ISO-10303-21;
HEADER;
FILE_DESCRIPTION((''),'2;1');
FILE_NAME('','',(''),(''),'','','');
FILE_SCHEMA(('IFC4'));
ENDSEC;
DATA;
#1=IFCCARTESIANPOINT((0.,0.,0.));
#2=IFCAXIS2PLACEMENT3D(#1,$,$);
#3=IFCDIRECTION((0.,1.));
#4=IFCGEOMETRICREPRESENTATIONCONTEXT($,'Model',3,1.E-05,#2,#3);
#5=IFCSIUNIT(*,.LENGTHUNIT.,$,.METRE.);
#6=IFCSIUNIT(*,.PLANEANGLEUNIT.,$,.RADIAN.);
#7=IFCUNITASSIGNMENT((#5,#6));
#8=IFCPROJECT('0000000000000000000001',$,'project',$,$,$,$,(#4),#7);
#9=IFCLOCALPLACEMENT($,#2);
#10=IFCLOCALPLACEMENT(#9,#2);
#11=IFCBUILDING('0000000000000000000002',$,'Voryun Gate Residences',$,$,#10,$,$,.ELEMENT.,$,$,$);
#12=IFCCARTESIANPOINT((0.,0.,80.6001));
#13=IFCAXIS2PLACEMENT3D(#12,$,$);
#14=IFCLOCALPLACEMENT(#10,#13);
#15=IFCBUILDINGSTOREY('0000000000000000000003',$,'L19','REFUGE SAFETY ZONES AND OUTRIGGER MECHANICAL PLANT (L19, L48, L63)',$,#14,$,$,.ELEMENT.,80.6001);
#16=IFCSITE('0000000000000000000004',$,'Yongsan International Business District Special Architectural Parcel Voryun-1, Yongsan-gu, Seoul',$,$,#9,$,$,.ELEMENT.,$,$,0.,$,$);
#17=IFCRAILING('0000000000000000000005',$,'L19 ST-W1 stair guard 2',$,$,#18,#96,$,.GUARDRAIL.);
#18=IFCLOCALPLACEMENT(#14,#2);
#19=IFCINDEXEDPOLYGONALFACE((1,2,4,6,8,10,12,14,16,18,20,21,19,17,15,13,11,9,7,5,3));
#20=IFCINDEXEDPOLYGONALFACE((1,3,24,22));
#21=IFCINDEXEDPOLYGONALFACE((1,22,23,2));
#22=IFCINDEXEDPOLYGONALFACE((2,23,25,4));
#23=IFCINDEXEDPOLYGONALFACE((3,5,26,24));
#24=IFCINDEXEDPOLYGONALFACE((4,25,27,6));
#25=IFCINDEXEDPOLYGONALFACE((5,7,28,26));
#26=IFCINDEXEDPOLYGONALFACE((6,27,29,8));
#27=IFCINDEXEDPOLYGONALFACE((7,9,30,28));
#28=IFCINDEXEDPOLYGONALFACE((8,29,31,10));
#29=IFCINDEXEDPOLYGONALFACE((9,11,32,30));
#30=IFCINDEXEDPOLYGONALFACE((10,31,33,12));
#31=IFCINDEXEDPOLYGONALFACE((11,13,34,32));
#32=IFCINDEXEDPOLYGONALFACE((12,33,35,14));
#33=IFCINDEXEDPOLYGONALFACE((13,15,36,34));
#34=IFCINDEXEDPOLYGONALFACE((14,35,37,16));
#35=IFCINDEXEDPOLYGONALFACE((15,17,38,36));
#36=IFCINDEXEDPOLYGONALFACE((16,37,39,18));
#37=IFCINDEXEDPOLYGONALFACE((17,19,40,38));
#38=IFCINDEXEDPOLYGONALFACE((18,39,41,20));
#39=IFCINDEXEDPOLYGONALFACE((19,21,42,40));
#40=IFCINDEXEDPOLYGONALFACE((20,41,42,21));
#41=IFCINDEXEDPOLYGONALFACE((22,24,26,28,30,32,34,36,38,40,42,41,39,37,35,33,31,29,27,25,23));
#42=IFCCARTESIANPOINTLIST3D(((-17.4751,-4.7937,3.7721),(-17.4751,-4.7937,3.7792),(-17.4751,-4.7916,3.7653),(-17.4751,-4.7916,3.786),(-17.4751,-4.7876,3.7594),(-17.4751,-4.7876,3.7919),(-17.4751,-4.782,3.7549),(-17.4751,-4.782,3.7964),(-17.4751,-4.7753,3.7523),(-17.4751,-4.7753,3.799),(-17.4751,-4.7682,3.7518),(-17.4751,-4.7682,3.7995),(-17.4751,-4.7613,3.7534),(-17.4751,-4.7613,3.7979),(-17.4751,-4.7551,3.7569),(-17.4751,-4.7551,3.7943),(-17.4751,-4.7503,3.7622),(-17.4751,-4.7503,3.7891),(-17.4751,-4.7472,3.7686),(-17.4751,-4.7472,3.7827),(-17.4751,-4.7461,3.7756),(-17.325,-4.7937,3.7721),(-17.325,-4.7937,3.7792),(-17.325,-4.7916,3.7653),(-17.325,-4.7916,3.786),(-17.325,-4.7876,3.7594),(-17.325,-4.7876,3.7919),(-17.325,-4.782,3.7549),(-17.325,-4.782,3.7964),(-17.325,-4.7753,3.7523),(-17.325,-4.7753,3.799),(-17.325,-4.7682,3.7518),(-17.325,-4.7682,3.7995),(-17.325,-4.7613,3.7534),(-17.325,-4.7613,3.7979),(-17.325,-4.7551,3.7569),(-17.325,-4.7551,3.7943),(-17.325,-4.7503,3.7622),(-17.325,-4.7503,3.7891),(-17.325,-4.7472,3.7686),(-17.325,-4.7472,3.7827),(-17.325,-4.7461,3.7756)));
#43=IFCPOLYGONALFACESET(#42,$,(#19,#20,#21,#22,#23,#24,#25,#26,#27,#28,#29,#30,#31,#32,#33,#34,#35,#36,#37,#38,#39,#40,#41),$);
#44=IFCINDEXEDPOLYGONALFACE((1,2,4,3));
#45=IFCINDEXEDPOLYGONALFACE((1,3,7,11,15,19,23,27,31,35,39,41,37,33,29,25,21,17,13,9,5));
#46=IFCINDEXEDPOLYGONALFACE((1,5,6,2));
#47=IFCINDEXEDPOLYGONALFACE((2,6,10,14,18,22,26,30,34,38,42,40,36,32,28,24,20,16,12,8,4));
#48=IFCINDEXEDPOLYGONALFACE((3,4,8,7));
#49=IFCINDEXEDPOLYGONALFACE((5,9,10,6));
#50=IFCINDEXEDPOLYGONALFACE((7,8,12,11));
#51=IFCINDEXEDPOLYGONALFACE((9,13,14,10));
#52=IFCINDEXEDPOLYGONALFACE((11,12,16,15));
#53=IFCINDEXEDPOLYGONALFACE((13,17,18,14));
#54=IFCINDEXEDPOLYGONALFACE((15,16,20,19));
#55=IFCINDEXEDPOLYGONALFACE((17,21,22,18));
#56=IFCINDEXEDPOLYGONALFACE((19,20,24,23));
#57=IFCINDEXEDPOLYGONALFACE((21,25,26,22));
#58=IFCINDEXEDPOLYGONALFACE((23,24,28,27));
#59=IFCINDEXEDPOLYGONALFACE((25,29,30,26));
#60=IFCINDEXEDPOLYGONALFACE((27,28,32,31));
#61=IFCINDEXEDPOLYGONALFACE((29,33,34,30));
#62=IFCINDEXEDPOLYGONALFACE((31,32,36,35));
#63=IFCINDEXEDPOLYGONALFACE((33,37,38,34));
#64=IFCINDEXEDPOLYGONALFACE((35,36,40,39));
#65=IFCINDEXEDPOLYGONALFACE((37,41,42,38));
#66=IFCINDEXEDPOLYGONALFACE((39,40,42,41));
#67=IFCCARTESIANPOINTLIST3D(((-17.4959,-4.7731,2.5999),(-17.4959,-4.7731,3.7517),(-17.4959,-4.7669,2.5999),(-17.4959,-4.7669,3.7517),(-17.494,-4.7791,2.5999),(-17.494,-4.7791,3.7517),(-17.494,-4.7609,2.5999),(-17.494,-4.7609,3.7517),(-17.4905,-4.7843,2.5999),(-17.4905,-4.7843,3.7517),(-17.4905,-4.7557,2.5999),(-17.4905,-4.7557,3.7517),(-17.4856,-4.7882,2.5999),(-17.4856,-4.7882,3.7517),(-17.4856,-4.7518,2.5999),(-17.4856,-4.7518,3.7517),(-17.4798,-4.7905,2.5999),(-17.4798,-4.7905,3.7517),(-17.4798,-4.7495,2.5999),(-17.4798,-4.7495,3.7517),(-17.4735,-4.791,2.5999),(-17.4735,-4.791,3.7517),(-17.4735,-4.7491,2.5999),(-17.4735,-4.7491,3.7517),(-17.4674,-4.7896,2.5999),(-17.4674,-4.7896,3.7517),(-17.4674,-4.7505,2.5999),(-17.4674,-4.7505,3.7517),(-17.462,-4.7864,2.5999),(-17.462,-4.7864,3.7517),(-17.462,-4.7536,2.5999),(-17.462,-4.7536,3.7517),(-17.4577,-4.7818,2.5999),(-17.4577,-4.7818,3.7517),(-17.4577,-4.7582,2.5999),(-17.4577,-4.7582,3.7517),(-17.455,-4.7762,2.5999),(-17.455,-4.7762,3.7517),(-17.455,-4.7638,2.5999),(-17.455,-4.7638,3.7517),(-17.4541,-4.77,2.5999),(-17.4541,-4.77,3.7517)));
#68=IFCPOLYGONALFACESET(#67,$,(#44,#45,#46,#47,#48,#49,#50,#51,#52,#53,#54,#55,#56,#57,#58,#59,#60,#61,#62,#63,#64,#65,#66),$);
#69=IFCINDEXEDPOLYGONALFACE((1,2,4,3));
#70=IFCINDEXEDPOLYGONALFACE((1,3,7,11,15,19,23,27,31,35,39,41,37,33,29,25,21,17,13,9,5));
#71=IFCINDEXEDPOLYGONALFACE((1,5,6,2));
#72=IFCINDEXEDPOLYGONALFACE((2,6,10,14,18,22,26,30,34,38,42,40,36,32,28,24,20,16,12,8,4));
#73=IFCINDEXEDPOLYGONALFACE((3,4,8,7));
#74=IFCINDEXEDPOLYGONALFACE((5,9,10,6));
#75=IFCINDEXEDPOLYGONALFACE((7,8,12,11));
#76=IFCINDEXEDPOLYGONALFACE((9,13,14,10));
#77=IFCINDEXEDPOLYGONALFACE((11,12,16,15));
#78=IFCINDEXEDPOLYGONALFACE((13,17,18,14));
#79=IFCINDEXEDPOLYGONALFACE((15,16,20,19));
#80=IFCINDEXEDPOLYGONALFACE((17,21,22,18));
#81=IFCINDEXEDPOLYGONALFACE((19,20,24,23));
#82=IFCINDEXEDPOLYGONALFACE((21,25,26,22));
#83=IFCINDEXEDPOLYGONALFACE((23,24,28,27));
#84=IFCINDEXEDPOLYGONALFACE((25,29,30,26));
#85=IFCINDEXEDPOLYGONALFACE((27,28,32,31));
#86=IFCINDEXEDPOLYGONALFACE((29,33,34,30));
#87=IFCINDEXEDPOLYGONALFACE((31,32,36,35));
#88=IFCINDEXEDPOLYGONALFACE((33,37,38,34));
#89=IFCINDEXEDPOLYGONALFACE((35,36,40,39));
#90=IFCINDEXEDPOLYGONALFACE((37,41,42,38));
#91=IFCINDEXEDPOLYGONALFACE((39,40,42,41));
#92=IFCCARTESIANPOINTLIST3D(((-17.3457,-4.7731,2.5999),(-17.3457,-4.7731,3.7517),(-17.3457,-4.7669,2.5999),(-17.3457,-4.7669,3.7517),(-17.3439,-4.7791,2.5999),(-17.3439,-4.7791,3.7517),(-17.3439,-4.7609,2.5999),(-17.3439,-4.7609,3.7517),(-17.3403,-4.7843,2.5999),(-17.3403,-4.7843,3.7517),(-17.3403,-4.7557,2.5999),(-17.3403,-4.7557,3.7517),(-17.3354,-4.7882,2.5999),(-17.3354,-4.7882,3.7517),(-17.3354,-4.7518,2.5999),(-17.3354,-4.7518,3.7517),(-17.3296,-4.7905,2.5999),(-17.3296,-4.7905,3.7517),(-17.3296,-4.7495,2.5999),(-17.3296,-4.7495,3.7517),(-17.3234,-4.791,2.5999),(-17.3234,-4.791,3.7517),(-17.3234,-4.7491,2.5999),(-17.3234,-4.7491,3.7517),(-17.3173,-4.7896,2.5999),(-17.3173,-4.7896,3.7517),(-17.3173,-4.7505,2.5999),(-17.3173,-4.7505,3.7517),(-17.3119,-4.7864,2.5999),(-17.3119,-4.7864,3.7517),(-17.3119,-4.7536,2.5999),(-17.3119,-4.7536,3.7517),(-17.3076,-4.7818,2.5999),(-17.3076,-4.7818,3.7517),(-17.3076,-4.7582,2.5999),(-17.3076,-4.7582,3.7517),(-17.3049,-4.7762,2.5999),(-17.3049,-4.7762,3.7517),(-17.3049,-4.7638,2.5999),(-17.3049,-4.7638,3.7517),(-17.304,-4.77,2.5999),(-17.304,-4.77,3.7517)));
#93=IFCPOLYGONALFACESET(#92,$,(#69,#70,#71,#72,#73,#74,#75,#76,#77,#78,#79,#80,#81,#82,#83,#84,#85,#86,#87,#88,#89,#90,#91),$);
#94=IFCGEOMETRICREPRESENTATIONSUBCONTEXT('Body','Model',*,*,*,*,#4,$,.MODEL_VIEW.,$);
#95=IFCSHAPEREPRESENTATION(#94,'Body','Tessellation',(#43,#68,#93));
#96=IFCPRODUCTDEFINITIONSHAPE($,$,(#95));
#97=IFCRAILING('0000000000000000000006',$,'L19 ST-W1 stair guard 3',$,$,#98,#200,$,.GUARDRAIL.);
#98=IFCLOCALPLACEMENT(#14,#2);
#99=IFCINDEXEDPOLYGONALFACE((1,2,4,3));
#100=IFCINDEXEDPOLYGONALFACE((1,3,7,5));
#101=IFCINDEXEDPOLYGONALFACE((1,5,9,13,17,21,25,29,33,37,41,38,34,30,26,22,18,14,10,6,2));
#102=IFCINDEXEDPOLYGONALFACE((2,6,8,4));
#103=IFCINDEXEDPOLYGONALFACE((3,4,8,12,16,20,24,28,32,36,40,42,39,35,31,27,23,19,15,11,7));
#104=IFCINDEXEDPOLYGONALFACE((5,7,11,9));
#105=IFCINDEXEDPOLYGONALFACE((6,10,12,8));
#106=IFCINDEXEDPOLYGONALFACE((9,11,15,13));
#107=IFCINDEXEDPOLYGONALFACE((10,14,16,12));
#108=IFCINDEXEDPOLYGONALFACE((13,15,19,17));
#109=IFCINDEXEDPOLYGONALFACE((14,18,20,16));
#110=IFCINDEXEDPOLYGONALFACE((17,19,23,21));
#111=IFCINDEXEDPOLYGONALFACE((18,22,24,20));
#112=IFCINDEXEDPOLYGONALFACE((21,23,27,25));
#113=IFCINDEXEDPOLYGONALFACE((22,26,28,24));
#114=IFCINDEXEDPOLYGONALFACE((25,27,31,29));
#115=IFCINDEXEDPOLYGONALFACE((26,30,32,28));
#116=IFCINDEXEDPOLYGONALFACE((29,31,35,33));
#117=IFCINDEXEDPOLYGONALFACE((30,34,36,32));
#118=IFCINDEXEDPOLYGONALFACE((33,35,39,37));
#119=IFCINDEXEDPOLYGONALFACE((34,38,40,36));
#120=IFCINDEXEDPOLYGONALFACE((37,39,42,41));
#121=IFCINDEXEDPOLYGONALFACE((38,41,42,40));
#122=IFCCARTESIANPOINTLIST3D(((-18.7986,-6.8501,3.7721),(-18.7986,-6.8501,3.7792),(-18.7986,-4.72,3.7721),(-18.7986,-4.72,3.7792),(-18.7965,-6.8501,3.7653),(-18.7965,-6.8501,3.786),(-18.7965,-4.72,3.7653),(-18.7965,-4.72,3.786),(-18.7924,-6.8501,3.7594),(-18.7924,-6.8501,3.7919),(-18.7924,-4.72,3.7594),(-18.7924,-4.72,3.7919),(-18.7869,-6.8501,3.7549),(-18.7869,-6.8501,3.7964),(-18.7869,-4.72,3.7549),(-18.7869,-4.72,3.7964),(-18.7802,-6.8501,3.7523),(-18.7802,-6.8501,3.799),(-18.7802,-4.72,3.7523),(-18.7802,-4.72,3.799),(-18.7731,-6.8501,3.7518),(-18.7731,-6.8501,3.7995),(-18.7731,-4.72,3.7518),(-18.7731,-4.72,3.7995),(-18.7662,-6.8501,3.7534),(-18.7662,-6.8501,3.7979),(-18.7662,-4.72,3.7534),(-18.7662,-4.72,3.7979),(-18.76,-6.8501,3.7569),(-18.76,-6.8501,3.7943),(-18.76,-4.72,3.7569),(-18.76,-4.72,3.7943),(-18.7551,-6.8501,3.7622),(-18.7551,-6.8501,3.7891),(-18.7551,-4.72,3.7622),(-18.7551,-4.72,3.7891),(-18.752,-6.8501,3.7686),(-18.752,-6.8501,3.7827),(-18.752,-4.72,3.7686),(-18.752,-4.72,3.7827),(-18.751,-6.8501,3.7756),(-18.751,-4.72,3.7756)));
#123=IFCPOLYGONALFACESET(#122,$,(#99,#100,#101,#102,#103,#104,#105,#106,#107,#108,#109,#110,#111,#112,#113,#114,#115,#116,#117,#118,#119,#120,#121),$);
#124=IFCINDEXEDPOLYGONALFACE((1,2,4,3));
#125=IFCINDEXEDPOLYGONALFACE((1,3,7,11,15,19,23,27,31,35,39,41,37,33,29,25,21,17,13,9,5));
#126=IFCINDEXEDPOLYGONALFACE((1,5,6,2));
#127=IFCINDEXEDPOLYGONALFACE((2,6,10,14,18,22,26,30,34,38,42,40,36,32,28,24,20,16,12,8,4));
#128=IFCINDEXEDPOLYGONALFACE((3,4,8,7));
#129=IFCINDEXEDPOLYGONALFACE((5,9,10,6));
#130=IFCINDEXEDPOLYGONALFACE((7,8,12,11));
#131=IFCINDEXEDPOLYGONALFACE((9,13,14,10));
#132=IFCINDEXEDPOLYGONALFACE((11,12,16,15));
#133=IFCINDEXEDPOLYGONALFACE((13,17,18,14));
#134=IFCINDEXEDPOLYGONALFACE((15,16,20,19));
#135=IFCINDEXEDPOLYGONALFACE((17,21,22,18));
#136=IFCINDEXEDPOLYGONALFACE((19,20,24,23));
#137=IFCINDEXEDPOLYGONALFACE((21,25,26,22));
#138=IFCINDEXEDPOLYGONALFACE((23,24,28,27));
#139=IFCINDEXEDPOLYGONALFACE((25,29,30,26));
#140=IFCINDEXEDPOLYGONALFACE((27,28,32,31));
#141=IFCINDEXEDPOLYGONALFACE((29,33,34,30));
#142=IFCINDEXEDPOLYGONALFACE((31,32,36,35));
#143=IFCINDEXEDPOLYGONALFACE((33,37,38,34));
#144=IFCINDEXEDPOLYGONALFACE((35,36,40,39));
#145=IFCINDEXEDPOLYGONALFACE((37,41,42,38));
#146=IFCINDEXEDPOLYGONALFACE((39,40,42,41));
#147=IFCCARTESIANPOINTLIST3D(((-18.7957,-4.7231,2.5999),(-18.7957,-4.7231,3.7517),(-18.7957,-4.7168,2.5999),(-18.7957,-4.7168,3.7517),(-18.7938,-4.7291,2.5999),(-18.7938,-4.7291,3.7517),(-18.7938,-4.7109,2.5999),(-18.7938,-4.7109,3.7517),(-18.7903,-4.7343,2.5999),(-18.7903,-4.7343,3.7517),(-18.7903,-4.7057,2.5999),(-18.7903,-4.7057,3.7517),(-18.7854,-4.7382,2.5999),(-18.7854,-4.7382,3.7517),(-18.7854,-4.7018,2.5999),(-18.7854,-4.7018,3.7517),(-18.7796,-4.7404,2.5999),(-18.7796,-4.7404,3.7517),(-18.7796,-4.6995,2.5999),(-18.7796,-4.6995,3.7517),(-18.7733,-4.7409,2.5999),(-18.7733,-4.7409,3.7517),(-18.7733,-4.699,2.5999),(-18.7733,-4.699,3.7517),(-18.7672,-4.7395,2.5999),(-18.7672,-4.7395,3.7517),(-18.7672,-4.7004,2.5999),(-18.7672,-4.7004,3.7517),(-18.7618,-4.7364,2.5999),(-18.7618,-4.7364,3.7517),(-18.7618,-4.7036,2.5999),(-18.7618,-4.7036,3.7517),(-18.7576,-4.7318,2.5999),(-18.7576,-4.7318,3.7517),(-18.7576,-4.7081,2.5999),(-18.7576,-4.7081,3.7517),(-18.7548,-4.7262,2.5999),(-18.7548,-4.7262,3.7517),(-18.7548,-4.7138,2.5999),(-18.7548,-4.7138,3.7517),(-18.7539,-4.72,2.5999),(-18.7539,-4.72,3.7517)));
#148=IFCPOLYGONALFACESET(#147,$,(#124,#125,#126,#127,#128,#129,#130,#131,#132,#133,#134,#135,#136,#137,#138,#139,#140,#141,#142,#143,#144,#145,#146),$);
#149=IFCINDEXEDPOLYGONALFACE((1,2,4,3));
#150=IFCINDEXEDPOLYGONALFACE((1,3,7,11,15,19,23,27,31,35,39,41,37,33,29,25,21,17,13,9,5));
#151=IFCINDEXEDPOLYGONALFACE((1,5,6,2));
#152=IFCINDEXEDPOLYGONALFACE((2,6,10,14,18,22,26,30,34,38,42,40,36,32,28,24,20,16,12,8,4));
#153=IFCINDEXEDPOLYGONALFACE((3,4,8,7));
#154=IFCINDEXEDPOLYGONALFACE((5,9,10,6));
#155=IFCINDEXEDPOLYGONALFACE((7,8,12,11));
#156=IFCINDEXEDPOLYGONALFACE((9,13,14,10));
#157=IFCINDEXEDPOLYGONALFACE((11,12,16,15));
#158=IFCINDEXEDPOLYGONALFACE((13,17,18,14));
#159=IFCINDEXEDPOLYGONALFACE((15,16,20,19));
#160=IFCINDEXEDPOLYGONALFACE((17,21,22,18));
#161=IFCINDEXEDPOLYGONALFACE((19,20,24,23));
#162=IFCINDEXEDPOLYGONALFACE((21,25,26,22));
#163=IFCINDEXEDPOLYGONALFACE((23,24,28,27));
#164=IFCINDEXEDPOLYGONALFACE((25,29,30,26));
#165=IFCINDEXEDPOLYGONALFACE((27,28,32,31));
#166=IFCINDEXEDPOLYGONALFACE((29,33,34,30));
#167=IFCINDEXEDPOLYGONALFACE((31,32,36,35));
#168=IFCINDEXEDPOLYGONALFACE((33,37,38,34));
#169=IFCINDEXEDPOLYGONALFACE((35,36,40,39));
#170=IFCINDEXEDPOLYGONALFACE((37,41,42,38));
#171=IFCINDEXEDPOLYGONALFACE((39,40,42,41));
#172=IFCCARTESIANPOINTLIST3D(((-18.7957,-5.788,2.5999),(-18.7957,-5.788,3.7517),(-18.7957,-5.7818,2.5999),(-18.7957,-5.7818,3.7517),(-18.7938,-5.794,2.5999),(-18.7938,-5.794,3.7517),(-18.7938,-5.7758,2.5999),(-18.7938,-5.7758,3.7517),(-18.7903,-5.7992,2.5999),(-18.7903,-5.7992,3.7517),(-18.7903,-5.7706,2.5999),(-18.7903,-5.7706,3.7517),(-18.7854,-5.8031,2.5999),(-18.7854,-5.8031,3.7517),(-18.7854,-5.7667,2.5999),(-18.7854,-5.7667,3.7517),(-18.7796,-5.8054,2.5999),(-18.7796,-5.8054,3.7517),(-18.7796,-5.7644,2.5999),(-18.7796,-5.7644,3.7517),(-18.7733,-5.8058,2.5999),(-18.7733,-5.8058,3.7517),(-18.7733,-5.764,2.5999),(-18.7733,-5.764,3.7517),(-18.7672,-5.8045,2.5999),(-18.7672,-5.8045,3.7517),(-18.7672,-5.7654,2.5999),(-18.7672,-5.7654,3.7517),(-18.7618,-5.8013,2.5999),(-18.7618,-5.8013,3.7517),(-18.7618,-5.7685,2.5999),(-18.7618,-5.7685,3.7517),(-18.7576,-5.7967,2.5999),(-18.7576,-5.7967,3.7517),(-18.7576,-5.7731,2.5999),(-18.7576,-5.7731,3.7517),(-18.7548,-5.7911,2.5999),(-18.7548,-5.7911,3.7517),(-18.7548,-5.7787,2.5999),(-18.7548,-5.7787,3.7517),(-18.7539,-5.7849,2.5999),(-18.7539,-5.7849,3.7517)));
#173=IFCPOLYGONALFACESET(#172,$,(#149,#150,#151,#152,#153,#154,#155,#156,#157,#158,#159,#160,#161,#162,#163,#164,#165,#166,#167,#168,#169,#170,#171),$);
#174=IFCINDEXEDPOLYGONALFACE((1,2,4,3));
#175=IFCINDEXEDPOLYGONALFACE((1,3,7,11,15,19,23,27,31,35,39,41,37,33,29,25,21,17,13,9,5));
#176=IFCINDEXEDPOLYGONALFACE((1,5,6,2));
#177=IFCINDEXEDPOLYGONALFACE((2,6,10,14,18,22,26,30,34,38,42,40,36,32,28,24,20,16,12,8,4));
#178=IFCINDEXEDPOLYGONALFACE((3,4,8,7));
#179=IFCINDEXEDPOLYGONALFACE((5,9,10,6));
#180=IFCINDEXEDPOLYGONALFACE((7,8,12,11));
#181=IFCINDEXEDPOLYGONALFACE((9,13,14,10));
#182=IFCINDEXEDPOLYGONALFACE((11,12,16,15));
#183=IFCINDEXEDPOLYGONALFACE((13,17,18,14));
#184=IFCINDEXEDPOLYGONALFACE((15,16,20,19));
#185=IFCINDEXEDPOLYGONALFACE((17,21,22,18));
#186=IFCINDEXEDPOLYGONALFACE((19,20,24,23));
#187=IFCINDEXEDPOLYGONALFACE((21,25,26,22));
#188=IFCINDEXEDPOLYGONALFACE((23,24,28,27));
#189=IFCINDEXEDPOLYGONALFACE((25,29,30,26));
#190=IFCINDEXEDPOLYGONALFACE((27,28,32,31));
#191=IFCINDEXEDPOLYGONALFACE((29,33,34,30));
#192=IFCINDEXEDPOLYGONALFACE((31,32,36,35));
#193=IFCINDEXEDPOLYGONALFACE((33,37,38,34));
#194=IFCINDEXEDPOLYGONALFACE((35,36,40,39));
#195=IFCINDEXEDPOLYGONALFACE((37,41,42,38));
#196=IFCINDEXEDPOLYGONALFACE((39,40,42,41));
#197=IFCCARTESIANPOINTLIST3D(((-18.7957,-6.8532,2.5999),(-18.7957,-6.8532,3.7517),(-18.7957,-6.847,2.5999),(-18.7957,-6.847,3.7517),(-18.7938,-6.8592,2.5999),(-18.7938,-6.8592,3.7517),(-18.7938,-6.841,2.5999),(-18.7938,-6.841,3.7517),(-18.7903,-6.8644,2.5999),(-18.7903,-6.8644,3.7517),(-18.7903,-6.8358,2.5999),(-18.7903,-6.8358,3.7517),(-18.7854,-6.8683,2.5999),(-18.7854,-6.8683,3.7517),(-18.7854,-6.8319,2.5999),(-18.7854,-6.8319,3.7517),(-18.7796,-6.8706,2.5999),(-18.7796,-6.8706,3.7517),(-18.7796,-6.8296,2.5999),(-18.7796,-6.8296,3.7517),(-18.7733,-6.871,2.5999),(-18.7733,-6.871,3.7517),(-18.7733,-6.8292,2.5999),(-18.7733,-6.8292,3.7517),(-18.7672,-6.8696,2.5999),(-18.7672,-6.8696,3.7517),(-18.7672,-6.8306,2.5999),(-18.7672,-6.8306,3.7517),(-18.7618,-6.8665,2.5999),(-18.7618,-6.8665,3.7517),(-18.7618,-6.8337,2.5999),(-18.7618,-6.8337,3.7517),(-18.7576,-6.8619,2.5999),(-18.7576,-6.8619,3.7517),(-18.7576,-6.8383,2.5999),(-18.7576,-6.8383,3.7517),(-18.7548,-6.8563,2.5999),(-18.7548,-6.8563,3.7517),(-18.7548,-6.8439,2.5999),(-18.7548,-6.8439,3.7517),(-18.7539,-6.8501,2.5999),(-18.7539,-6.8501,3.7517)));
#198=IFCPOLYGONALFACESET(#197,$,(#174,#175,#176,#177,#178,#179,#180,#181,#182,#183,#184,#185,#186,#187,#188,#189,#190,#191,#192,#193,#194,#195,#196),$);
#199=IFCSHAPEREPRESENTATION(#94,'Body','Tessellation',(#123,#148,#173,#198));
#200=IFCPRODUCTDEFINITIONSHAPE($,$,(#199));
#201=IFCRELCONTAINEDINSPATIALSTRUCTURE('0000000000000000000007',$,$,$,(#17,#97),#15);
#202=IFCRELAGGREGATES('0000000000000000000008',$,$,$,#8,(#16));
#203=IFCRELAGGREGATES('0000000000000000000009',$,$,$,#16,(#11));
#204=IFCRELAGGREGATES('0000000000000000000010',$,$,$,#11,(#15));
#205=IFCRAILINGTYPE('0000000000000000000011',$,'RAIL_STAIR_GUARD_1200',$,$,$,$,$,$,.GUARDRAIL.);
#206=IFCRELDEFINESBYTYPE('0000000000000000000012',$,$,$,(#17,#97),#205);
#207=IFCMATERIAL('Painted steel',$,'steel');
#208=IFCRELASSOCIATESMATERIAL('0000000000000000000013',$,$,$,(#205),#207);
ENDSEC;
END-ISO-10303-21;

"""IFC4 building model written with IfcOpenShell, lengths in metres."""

from ifc_helpers import new_model, si_unit, direction, frame, origin, origin_2d, place, context, subcontext, project, spatial, circle, extrude, material, type_object, element, save


model = new_model("IFC4")

# Units and contexts
model_context = context("Model", 3, precision=1e-05, world=origin(), true_north=direction((0.0, 1.0)))
body_context = subcontext(model_context, "Body", "Model", "MODEL_VIEW")
ifc_project = project(units=[si_unit("LENGTHUNIT", "METRE"), si_unit("PLANEANGLEUNIT", "RADIAN")], contexts=[model_context])

# Site, building, storey
site_placement = place(None, origin())
site = spatial("IfcSite", under=ifc_project, at=site_placement, Name="Yongsan International Business District Special Architectural Parcel Voryun-1, Yongsan-gu, Seoul", CompositionType="ELEMENT", RefElevation=0.0)
building_placement = place(site_placement, origin())
building = spatial("IfcBuilding", under=site, at=building_placement, Name="Voryun Gate Residences", CompositionType="ELEMENT")
storey_placement = place(building_placement, frame((0.0, 0.0, 80.6001)))
storey = spatial("IfcBuildingStorey", under=building, at=storey_placement, Name="L19", Description="REFUGE SAFETY ZONES AND OUTRIGGER MECHANICAL PLANT (L19, L48, L63)", CompositionType="ELEMENT", Elevation=80.6001)

# Railings
ifc_material_1 = material(Name="Painted steel", Category="steel")
railing_type_1 = type_object("IfcRailingType", Name="RAIL_STAIR_GUARD_1200", PredefinedType="GUARDRAIL", material=ifc_material_1)
railing_1_placement = place(storey_placement, frame((-17.4751, -4.77, 2.5999)))
element("IfcRailing", 1, at=railing_1_placement, inside=storey, type_object=railing_type_1, Name="L19 ST-W1 stair guard 2", PredefinedType="GUARDRAIL", context=body_context, shape_type="SweptSolid", body=[
    extrude(circle(Radius=0.0239, at=origin_2d()), frame((0.0, 0.0, 1.1758), z_axis=(1.0, 0.0, 0.0), x_axis=(0.0, 1.0, 0.0)), (0.0, 0.0, 1.0), 0.1501),
    extrude(circle(Radius=0.021, at=origin_2d()), origin(), (0.0, 0.0, 1.0), 1.1519),
    extrude(circle(Radius=0.021, at=origin_2d()), frame((0.1501, 0.0, 0.0)), (0.0, 0.0, 1.0), 1.1519),
])
for number, where, name in (
    (2, (-18.7749, -4.72, 2.5999), "L19 ST-W1 stair guard 3"),
):
    element("IfcRailing", number, at=place(storey_placement, frame(where)), inside=storey, type_object=railing_type_1, Name=name, PredefinedType="GUARDRAIL", context=body_context, shape_type="SweptSolid", body=[
        extrude(circle(Radius=0.0239, at=origin_2d()), frame((0.0, 0.0, 1.1758), z_axis=(0.0, -1.0, 0.0), x_axis=(1.0, 0.0, 0.0)), (0.0, 0.0, 1.0), 2.1301),
        extrude(circle(Radius=0.021, at=origin_2d()), origin(), (0.0, 0.0, 1.0), 1.1519),
        extrude(circle(Radius=0.021, at=origin_2d()), frame((0.0, -1.0649, 0.0)), (0.0, 0.0, 1.0), 1.1519),
        extrude(circle(Radius=0.021, at=origin_2d()), frame((0.0, -2.1301, 0.0)), (0.0, 0.0, 1.0), 1.1519),
    ])

save(model, "model.ifc")
